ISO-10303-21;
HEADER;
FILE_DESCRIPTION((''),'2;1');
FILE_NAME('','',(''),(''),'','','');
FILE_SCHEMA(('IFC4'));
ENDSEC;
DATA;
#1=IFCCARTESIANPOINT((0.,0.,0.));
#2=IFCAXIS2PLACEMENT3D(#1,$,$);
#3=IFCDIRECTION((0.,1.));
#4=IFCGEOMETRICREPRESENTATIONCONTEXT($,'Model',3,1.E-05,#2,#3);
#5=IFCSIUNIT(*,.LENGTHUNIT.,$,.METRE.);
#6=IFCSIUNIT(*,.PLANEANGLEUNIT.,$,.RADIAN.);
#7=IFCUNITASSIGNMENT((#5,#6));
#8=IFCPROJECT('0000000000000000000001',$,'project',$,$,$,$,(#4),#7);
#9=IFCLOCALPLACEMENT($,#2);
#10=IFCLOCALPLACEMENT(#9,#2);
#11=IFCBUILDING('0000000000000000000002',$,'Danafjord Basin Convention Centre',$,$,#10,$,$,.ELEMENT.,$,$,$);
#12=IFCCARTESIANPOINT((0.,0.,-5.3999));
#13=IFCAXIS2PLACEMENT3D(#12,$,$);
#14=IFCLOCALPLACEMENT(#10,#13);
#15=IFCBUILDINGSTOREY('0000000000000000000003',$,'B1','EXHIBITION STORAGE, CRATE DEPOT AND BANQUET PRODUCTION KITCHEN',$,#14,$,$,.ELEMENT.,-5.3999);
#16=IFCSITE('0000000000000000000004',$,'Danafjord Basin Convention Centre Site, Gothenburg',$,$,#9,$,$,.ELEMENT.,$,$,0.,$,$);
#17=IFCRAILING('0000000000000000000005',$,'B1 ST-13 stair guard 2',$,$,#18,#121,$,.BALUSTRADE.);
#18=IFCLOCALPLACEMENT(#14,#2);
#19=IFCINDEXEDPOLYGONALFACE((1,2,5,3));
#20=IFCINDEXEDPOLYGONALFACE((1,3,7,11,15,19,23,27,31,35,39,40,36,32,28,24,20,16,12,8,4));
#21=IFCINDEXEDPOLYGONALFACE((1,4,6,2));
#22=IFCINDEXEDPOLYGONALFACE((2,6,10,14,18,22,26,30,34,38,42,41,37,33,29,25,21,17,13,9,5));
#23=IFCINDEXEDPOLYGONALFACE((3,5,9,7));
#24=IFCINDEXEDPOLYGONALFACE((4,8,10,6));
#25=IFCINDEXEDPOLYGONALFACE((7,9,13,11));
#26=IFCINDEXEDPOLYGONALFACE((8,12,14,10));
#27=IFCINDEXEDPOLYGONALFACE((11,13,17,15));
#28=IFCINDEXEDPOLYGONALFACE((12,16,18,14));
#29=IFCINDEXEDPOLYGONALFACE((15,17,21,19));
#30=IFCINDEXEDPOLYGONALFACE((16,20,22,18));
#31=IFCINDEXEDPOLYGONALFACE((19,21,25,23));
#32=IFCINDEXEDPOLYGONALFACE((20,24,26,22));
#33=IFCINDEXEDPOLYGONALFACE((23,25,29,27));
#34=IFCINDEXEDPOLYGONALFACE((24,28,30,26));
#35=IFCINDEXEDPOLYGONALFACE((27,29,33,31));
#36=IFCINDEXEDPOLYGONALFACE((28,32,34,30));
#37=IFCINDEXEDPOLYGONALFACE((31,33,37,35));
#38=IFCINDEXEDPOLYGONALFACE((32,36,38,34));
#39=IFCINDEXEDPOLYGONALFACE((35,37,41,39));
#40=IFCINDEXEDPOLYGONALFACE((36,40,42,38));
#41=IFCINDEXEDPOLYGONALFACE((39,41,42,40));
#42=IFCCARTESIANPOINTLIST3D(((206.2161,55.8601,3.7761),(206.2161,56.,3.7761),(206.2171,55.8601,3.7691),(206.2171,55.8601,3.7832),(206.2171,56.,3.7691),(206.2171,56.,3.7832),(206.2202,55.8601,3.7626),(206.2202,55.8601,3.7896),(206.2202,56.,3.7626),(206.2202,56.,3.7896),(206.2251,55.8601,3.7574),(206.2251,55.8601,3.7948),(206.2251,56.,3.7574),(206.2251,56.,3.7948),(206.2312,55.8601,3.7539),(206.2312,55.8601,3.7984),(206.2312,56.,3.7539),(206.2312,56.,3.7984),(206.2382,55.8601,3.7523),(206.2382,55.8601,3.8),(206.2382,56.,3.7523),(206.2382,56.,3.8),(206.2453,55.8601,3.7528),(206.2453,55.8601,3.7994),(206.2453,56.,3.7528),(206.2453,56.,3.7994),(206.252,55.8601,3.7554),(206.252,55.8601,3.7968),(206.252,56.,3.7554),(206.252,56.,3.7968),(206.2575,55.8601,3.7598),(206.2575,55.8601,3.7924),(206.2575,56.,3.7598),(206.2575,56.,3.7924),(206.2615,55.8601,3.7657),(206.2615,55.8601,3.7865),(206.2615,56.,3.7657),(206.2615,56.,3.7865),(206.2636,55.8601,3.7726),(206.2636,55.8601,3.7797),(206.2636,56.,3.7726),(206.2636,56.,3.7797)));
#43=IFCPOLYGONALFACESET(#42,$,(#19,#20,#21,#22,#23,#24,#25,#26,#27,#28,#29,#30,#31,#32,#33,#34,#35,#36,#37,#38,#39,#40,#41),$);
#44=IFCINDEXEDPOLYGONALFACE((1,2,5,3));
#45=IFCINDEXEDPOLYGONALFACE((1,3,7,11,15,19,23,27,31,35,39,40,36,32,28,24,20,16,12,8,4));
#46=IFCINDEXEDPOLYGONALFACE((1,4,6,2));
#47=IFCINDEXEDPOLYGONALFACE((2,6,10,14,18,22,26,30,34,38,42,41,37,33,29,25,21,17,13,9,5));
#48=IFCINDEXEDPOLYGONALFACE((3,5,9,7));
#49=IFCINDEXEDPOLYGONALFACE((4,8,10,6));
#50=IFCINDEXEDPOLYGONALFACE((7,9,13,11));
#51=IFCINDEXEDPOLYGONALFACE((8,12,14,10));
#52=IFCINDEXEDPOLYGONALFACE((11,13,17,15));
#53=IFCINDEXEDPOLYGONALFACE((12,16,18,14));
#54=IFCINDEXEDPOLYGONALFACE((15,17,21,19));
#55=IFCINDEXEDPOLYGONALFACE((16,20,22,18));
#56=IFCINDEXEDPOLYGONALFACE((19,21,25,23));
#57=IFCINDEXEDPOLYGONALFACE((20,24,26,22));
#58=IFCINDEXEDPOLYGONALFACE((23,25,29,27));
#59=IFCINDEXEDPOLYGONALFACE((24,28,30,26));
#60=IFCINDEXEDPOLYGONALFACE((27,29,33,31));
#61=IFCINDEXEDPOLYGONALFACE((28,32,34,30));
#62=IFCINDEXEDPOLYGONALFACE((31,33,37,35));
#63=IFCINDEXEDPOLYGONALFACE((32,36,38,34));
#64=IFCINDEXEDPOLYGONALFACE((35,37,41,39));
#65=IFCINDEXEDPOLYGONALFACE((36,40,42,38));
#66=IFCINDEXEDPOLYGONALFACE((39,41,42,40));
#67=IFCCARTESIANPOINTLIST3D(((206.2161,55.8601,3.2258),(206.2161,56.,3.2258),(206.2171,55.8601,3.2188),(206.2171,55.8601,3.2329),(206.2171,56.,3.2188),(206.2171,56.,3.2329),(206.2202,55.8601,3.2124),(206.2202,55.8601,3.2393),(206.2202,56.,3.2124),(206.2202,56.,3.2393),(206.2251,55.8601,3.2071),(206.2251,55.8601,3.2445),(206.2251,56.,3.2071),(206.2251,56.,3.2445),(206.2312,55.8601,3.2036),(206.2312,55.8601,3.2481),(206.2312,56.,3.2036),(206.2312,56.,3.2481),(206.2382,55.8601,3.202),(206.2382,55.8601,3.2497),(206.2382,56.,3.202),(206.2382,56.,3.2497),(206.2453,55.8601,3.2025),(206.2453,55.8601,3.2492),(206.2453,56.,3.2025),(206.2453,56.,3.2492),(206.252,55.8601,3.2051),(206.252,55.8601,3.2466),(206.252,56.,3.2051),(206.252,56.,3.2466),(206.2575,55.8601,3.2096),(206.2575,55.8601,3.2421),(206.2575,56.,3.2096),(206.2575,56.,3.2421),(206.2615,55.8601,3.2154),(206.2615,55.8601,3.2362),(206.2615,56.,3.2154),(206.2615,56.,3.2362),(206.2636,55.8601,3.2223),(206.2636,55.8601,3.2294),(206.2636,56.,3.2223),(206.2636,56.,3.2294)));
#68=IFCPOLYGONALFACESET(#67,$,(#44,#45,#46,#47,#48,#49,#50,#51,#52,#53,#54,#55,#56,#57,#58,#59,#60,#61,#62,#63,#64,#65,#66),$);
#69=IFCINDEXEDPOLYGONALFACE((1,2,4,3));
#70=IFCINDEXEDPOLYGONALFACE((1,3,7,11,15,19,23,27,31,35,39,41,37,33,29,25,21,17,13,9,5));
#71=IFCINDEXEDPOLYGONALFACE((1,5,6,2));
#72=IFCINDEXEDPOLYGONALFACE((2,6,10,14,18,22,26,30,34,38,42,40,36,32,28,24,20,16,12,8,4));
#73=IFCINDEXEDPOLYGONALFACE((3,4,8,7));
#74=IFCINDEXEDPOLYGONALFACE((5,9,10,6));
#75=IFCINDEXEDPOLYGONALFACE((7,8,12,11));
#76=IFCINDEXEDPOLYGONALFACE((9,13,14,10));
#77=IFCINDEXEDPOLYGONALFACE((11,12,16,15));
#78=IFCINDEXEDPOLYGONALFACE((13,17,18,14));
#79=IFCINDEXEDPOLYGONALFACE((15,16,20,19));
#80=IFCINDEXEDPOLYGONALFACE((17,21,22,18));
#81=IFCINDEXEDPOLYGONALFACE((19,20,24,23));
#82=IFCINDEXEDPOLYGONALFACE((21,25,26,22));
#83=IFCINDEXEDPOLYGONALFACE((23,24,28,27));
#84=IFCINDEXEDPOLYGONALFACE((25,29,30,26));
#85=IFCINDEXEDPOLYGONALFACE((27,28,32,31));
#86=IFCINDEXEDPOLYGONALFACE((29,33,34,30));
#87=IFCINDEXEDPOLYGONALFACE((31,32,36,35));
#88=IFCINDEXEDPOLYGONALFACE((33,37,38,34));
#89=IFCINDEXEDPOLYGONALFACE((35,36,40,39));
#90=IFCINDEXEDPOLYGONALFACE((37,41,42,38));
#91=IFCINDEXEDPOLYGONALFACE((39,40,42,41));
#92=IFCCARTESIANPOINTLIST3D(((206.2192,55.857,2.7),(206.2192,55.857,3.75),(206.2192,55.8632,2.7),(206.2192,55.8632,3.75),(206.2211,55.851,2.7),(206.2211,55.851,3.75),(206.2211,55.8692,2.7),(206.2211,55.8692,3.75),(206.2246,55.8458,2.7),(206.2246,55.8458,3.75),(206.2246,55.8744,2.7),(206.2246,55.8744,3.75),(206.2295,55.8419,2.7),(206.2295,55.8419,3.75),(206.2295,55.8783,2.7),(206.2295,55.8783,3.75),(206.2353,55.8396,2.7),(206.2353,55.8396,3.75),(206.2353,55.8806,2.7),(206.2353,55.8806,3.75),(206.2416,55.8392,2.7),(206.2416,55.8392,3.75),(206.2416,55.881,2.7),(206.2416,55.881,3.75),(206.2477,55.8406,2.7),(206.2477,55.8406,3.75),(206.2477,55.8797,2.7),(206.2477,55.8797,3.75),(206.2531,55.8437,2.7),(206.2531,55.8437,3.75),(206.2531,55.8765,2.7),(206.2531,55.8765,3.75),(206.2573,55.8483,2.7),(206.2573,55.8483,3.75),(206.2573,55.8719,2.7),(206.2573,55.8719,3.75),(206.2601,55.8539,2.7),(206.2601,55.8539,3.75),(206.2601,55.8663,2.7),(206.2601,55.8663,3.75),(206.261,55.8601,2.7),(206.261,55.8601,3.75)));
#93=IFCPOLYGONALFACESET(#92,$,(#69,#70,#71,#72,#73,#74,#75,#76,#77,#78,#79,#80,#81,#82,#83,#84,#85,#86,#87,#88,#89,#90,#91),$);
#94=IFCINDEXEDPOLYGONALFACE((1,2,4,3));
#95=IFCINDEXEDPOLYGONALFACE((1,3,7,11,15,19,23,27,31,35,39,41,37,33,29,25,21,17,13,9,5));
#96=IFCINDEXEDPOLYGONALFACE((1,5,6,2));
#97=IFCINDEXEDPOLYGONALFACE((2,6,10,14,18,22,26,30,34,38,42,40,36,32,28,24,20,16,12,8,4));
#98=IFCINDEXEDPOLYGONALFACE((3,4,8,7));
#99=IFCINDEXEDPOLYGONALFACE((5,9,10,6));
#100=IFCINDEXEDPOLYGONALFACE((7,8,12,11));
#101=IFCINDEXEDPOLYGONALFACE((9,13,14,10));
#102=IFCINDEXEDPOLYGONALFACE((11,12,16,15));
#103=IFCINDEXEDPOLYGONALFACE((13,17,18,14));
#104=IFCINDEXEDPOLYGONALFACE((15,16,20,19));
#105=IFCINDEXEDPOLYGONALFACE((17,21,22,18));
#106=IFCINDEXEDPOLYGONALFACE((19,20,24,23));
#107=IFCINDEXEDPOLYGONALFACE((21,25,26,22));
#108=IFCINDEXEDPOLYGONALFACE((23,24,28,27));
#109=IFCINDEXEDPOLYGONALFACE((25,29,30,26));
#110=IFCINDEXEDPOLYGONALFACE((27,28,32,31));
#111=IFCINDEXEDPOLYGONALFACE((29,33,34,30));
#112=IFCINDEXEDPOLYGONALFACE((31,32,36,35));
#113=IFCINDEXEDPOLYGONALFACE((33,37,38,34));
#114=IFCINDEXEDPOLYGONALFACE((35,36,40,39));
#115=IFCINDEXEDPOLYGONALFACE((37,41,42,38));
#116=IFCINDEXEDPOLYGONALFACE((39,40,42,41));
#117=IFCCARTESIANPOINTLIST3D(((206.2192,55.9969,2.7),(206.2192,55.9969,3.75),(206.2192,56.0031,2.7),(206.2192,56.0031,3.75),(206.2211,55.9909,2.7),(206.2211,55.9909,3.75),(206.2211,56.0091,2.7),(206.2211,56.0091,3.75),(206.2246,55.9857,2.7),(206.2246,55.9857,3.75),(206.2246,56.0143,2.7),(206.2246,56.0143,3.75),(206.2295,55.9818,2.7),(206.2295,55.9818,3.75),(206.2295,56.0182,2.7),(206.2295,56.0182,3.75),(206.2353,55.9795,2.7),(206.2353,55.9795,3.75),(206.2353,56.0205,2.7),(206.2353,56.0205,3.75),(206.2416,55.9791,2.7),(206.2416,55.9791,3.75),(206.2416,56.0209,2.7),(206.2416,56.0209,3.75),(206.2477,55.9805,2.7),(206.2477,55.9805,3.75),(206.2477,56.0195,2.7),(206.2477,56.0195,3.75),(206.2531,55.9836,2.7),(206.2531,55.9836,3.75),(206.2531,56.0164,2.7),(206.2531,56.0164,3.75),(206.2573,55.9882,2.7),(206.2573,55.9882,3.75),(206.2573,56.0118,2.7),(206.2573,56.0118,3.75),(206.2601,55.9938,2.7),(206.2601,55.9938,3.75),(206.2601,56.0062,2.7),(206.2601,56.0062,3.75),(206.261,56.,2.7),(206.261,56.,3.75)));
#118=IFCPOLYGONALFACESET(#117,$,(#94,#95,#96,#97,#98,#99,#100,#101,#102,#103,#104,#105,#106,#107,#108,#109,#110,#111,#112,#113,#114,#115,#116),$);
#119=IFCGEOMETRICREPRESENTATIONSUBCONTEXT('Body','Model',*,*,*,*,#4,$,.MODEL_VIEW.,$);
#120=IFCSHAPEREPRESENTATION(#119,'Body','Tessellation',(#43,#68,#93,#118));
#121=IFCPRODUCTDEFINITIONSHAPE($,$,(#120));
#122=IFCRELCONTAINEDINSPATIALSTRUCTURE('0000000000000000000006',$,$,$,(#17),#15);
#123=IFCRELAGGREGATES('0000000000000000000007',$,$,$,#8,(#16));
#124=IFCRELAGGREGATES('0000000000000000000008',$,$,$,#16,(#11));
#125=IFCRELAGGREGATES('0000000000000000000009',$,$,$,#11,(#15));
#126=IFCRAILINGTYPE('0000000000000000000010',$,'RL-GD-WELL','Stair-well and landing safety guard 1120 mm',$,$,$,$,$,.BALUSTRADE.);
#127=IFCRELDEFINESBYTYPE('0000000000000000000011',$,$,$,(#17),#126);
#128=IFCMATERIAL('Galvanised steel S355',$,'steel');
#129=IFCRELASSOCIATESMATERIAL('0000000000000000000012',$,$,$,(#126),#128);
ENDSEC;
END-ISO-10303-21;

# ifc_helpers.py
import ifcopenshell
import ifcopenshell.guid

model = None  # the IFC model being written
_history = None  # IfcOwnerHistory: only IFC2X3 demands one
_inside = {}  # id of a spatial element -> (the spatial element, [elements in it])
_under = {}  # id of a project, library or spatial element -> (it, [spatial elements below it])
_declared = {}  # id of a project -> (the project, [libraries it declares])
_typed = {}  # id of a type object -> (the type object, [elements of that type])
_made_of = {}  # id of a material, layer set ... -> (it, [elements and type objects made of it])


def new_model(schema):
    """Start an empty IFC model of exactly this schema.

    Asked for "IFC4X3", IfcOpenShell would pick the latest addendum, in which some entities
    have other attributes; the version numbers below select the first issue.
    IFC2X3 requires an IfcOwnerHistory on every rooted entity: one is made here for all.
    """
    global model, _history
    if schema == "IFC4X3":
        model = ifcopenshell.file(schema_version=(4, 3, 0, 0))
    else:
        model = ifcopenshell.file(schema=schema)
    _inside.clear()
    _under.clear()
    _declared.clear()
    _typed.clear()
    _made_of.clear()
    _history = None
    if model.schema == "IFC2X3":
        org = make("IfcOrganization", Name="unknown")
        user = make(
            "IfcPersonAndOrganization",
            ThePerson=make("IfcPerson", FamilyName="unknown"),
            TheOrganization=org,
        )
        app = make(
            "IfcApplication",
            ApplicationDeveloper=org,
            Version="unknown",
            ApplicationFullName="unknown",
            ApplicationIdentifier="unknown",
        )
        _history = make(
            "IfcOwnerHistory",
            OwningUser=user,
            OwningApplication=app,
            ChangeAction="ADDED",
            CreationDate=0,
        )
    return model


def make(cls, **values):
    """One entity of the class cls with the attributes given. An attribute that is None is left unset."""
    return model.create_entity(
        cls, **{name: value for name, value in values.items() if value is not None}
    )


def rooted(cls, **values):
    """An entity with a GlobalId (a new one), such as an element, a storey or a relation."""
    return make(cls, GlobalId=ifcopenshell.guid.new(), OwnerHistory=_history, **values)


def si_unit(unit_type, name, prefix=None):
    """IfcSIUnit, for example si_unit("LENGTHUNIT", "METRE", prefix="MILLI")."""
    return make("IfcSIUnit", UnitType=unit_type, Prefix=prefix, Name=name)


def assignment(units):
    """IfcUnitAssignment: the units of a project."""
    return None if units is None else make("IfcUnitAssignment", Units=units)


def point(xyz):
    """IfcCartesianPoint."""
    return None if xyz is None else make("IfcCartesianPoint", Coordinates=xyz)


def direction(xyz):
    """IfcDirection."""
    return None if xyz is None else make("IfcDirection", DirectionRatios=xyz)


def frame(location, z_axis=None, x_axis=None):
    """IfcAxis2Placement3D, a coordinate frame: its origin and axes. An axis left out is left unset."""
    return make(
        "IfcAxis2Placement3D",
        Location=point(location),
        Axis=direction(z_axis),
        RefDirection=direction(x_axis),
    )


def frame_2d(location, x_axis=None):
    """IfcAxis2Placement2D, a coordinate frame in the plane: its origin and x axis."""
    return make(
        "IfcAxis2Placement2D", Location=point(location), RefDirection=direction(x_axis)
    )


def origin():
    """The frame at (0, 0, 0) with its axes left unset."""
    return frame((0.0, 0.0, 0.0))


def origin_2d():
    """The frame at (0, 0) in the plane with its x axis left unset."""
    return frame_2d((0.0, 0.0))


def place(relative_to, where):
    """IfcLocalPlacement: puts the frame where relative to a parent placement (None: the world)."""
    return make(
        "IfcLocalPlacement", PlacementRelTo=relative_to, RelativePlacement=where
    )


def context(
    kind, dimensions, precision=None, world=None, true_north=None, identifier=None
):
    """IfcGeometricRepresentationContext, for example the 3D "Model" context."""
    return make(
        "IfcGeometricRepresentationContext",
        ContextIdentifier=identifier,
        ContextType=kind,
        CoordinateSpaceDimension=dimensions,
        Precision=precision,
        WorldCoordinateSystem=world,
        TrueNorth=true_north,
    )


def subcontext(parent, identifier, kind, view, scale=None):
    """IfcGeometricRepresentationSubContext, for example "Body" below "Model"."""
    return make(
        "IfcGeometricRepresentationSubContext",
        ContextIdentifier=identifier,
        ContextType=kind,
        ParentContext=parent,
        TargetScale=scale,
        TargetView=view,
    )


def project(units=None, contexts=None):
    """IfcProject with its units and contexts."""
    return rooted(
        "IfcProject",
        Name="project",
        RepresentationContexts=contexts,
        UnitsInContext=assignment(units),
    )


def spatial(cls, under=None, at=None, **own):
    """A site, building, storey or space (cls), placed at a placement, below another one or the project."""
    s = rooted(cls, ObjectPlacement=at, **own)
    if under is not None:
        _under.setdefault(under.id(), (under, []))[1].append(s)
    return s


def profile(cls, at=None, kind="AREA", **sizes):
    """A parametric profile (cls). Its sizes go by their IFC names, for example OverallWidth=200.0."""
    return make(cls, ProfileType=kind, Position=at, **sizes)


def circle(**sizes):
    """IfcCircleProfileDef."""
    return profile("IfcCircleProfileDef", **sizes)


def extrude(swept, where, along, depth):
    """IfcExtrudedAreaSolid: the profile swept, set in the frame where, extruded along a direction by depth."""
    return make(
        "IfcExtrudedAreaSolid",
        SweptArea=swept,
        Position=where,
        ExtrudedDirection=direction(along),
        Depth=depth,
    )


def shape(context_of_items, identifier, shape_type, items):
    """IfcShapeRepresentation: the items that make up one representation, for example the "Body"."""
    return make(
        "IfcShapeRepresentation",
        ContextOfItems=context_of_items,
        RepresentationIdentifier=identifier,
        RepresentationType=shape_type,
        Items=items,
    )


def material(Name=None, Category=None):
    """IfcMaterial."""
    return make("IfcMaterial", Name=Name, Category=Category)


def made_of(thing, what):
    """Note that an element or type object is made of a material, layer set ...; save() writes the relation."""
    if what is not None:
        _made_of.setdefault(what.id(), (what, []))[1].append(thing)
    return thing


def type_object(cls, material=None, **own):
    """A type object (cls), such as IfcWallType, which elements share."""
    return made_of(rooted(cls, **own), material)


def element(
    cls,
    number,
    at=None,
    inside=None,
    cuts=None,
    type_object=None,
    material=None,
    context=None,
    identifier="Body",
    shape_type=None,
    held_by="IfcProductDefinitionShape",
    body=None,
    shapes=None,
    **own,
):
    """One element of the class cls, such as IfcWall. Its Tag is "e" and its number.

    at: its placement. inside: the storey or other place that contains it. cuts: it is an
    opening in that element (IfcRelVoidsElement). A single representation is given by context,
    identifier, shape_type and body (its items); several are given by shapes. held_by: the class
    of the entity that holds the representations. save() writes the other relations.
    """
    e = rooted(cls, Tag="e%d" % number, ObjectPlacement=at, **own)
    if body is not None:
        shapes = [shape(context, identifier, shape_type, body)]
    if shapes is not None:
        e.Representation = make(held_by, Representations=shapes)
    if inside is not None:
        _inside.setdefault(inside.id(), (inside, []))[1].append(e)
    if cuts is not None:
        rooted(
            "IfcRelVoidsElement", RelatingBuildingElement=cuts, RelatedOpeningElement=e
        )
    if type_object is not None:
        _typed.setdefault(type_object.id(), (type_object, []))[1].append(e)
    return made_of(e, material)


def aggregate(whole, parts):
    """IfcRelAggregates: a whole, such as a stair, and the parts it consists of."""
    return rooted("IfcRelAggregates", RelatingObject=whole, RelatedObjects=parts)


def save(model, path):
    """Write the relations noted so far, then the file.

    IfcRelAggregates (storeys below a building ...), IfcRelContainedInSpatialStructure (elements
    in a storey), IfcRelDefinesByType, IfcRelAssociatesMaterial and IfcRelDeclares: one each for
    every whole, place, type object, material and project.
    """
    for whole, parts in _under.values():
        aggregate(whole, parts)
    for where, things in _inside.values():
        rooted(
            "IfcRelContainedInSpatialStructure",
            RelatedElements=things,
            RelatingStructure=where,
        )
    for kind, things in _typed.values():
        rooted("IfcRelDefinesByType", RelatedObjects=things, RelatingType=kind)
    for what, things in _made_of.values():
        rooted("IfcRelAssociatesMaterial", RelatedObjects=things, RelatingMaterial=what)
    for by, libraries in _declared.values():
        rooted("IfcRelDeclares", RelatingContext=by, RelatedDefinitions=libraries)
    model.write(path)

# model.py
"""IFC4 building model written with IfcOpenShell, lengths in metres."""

from ifc_helpers import new_model, si_unit, direction, frame, origin, origin_2d, place, context, subcontext, project, spatial, circle, extrude, material, type_object, element, save


model = new_model("IFC4")

# Units and contexts
model_context = context("Model", 3, precision=1e-05, world=origin(), true_north=direction((0.0, 1.0)))
body_context = subcontext(model_context, "Body", "Model", "MODEL_VIEW")
ifc_project = project(units=[si_unit("LENGTHUNIT", "METRE"), si_unit("PLANEANGLEUNIT", "RADIAN")], contexts=[model_context])

# Site, building, storey
site_placement = place(None, origin())
site = spatial("IfcSite", under=ifc_project, at=site_placement, Name="Danafjord Basin Convention Centre Site, Gothenburg", CompositionType="ELEMENT", RefElevation=0.0)
building_placement = place(site_placement, origin())
building = spatial("IfcBuilding", under=site, at=building_placement, Name="Danafjord Basin Convention Centre", CompositionType="ELEMENT")
storey_placement = place(building_placement, frame((0.0, 0.0, -5.3999)))
storey = spatial("IfcBuildingStorey", under=building, at=storey_placement, Name="B1", Description="EXHIBITION STORAGE, CRATE DEPOT AND BANQUET PRODUCTION KITCHEN", CompositionType="ELEMENT", Elevation=-5.3999)

# Railing
ifc_material_1 = material(Name="Galvanised steel S355", Category="steel")
railing_type_1 = type_object("IfcRailingType", Name="RL-GD-WELL", Description="Stair-well and landing safety guard 1120 mm", PredefinedType="BALUSTRADE", material=ifc_material_1)
for number, where, name in (
    (1, (206.24, 55.8601, 2.7), "B1 ST-13 stair guard 2"),
):
    element("IfcRailing", number, at=place(storey_placement, frame(where)), inside=storey, type_object=railing_type_1, Name=name, PredefinedType="BALUSTRADE", context=body_context, shape_type="SweptSolid", body=[
        extrude(circle(Radius=0.0239, at=origin_2d()), frame((0.0, 0.0, 1.0762), z_axis=(0.0, 1.0, 0.0), x_axis=(-1.0, 0.0, 0.0)), (0.0, 0.0, 1.0), 0.1399),
        extrude(circle(Radius=0.0239, at=origin_2d()), frame((0.0, 0.0, 0.5259), z_axis=(0.0, 1.0, 0.0), x_axis=(-1.0, 0.0, 0.0)), (0.0, 0.0, 1.0), 0.1399),
        extrude(circle(Radius=0.021, at=origin_2d()), origin(), (0.0, 0.0, 1.0), 1.05),
        extrude(circle(Radius=0.021, at=origin_2d()), frame((0.0, 0.1399, 0.0)), (0.0, 0.0, 1.0), 1.05),
    ])

save(model, "model.ifc")
